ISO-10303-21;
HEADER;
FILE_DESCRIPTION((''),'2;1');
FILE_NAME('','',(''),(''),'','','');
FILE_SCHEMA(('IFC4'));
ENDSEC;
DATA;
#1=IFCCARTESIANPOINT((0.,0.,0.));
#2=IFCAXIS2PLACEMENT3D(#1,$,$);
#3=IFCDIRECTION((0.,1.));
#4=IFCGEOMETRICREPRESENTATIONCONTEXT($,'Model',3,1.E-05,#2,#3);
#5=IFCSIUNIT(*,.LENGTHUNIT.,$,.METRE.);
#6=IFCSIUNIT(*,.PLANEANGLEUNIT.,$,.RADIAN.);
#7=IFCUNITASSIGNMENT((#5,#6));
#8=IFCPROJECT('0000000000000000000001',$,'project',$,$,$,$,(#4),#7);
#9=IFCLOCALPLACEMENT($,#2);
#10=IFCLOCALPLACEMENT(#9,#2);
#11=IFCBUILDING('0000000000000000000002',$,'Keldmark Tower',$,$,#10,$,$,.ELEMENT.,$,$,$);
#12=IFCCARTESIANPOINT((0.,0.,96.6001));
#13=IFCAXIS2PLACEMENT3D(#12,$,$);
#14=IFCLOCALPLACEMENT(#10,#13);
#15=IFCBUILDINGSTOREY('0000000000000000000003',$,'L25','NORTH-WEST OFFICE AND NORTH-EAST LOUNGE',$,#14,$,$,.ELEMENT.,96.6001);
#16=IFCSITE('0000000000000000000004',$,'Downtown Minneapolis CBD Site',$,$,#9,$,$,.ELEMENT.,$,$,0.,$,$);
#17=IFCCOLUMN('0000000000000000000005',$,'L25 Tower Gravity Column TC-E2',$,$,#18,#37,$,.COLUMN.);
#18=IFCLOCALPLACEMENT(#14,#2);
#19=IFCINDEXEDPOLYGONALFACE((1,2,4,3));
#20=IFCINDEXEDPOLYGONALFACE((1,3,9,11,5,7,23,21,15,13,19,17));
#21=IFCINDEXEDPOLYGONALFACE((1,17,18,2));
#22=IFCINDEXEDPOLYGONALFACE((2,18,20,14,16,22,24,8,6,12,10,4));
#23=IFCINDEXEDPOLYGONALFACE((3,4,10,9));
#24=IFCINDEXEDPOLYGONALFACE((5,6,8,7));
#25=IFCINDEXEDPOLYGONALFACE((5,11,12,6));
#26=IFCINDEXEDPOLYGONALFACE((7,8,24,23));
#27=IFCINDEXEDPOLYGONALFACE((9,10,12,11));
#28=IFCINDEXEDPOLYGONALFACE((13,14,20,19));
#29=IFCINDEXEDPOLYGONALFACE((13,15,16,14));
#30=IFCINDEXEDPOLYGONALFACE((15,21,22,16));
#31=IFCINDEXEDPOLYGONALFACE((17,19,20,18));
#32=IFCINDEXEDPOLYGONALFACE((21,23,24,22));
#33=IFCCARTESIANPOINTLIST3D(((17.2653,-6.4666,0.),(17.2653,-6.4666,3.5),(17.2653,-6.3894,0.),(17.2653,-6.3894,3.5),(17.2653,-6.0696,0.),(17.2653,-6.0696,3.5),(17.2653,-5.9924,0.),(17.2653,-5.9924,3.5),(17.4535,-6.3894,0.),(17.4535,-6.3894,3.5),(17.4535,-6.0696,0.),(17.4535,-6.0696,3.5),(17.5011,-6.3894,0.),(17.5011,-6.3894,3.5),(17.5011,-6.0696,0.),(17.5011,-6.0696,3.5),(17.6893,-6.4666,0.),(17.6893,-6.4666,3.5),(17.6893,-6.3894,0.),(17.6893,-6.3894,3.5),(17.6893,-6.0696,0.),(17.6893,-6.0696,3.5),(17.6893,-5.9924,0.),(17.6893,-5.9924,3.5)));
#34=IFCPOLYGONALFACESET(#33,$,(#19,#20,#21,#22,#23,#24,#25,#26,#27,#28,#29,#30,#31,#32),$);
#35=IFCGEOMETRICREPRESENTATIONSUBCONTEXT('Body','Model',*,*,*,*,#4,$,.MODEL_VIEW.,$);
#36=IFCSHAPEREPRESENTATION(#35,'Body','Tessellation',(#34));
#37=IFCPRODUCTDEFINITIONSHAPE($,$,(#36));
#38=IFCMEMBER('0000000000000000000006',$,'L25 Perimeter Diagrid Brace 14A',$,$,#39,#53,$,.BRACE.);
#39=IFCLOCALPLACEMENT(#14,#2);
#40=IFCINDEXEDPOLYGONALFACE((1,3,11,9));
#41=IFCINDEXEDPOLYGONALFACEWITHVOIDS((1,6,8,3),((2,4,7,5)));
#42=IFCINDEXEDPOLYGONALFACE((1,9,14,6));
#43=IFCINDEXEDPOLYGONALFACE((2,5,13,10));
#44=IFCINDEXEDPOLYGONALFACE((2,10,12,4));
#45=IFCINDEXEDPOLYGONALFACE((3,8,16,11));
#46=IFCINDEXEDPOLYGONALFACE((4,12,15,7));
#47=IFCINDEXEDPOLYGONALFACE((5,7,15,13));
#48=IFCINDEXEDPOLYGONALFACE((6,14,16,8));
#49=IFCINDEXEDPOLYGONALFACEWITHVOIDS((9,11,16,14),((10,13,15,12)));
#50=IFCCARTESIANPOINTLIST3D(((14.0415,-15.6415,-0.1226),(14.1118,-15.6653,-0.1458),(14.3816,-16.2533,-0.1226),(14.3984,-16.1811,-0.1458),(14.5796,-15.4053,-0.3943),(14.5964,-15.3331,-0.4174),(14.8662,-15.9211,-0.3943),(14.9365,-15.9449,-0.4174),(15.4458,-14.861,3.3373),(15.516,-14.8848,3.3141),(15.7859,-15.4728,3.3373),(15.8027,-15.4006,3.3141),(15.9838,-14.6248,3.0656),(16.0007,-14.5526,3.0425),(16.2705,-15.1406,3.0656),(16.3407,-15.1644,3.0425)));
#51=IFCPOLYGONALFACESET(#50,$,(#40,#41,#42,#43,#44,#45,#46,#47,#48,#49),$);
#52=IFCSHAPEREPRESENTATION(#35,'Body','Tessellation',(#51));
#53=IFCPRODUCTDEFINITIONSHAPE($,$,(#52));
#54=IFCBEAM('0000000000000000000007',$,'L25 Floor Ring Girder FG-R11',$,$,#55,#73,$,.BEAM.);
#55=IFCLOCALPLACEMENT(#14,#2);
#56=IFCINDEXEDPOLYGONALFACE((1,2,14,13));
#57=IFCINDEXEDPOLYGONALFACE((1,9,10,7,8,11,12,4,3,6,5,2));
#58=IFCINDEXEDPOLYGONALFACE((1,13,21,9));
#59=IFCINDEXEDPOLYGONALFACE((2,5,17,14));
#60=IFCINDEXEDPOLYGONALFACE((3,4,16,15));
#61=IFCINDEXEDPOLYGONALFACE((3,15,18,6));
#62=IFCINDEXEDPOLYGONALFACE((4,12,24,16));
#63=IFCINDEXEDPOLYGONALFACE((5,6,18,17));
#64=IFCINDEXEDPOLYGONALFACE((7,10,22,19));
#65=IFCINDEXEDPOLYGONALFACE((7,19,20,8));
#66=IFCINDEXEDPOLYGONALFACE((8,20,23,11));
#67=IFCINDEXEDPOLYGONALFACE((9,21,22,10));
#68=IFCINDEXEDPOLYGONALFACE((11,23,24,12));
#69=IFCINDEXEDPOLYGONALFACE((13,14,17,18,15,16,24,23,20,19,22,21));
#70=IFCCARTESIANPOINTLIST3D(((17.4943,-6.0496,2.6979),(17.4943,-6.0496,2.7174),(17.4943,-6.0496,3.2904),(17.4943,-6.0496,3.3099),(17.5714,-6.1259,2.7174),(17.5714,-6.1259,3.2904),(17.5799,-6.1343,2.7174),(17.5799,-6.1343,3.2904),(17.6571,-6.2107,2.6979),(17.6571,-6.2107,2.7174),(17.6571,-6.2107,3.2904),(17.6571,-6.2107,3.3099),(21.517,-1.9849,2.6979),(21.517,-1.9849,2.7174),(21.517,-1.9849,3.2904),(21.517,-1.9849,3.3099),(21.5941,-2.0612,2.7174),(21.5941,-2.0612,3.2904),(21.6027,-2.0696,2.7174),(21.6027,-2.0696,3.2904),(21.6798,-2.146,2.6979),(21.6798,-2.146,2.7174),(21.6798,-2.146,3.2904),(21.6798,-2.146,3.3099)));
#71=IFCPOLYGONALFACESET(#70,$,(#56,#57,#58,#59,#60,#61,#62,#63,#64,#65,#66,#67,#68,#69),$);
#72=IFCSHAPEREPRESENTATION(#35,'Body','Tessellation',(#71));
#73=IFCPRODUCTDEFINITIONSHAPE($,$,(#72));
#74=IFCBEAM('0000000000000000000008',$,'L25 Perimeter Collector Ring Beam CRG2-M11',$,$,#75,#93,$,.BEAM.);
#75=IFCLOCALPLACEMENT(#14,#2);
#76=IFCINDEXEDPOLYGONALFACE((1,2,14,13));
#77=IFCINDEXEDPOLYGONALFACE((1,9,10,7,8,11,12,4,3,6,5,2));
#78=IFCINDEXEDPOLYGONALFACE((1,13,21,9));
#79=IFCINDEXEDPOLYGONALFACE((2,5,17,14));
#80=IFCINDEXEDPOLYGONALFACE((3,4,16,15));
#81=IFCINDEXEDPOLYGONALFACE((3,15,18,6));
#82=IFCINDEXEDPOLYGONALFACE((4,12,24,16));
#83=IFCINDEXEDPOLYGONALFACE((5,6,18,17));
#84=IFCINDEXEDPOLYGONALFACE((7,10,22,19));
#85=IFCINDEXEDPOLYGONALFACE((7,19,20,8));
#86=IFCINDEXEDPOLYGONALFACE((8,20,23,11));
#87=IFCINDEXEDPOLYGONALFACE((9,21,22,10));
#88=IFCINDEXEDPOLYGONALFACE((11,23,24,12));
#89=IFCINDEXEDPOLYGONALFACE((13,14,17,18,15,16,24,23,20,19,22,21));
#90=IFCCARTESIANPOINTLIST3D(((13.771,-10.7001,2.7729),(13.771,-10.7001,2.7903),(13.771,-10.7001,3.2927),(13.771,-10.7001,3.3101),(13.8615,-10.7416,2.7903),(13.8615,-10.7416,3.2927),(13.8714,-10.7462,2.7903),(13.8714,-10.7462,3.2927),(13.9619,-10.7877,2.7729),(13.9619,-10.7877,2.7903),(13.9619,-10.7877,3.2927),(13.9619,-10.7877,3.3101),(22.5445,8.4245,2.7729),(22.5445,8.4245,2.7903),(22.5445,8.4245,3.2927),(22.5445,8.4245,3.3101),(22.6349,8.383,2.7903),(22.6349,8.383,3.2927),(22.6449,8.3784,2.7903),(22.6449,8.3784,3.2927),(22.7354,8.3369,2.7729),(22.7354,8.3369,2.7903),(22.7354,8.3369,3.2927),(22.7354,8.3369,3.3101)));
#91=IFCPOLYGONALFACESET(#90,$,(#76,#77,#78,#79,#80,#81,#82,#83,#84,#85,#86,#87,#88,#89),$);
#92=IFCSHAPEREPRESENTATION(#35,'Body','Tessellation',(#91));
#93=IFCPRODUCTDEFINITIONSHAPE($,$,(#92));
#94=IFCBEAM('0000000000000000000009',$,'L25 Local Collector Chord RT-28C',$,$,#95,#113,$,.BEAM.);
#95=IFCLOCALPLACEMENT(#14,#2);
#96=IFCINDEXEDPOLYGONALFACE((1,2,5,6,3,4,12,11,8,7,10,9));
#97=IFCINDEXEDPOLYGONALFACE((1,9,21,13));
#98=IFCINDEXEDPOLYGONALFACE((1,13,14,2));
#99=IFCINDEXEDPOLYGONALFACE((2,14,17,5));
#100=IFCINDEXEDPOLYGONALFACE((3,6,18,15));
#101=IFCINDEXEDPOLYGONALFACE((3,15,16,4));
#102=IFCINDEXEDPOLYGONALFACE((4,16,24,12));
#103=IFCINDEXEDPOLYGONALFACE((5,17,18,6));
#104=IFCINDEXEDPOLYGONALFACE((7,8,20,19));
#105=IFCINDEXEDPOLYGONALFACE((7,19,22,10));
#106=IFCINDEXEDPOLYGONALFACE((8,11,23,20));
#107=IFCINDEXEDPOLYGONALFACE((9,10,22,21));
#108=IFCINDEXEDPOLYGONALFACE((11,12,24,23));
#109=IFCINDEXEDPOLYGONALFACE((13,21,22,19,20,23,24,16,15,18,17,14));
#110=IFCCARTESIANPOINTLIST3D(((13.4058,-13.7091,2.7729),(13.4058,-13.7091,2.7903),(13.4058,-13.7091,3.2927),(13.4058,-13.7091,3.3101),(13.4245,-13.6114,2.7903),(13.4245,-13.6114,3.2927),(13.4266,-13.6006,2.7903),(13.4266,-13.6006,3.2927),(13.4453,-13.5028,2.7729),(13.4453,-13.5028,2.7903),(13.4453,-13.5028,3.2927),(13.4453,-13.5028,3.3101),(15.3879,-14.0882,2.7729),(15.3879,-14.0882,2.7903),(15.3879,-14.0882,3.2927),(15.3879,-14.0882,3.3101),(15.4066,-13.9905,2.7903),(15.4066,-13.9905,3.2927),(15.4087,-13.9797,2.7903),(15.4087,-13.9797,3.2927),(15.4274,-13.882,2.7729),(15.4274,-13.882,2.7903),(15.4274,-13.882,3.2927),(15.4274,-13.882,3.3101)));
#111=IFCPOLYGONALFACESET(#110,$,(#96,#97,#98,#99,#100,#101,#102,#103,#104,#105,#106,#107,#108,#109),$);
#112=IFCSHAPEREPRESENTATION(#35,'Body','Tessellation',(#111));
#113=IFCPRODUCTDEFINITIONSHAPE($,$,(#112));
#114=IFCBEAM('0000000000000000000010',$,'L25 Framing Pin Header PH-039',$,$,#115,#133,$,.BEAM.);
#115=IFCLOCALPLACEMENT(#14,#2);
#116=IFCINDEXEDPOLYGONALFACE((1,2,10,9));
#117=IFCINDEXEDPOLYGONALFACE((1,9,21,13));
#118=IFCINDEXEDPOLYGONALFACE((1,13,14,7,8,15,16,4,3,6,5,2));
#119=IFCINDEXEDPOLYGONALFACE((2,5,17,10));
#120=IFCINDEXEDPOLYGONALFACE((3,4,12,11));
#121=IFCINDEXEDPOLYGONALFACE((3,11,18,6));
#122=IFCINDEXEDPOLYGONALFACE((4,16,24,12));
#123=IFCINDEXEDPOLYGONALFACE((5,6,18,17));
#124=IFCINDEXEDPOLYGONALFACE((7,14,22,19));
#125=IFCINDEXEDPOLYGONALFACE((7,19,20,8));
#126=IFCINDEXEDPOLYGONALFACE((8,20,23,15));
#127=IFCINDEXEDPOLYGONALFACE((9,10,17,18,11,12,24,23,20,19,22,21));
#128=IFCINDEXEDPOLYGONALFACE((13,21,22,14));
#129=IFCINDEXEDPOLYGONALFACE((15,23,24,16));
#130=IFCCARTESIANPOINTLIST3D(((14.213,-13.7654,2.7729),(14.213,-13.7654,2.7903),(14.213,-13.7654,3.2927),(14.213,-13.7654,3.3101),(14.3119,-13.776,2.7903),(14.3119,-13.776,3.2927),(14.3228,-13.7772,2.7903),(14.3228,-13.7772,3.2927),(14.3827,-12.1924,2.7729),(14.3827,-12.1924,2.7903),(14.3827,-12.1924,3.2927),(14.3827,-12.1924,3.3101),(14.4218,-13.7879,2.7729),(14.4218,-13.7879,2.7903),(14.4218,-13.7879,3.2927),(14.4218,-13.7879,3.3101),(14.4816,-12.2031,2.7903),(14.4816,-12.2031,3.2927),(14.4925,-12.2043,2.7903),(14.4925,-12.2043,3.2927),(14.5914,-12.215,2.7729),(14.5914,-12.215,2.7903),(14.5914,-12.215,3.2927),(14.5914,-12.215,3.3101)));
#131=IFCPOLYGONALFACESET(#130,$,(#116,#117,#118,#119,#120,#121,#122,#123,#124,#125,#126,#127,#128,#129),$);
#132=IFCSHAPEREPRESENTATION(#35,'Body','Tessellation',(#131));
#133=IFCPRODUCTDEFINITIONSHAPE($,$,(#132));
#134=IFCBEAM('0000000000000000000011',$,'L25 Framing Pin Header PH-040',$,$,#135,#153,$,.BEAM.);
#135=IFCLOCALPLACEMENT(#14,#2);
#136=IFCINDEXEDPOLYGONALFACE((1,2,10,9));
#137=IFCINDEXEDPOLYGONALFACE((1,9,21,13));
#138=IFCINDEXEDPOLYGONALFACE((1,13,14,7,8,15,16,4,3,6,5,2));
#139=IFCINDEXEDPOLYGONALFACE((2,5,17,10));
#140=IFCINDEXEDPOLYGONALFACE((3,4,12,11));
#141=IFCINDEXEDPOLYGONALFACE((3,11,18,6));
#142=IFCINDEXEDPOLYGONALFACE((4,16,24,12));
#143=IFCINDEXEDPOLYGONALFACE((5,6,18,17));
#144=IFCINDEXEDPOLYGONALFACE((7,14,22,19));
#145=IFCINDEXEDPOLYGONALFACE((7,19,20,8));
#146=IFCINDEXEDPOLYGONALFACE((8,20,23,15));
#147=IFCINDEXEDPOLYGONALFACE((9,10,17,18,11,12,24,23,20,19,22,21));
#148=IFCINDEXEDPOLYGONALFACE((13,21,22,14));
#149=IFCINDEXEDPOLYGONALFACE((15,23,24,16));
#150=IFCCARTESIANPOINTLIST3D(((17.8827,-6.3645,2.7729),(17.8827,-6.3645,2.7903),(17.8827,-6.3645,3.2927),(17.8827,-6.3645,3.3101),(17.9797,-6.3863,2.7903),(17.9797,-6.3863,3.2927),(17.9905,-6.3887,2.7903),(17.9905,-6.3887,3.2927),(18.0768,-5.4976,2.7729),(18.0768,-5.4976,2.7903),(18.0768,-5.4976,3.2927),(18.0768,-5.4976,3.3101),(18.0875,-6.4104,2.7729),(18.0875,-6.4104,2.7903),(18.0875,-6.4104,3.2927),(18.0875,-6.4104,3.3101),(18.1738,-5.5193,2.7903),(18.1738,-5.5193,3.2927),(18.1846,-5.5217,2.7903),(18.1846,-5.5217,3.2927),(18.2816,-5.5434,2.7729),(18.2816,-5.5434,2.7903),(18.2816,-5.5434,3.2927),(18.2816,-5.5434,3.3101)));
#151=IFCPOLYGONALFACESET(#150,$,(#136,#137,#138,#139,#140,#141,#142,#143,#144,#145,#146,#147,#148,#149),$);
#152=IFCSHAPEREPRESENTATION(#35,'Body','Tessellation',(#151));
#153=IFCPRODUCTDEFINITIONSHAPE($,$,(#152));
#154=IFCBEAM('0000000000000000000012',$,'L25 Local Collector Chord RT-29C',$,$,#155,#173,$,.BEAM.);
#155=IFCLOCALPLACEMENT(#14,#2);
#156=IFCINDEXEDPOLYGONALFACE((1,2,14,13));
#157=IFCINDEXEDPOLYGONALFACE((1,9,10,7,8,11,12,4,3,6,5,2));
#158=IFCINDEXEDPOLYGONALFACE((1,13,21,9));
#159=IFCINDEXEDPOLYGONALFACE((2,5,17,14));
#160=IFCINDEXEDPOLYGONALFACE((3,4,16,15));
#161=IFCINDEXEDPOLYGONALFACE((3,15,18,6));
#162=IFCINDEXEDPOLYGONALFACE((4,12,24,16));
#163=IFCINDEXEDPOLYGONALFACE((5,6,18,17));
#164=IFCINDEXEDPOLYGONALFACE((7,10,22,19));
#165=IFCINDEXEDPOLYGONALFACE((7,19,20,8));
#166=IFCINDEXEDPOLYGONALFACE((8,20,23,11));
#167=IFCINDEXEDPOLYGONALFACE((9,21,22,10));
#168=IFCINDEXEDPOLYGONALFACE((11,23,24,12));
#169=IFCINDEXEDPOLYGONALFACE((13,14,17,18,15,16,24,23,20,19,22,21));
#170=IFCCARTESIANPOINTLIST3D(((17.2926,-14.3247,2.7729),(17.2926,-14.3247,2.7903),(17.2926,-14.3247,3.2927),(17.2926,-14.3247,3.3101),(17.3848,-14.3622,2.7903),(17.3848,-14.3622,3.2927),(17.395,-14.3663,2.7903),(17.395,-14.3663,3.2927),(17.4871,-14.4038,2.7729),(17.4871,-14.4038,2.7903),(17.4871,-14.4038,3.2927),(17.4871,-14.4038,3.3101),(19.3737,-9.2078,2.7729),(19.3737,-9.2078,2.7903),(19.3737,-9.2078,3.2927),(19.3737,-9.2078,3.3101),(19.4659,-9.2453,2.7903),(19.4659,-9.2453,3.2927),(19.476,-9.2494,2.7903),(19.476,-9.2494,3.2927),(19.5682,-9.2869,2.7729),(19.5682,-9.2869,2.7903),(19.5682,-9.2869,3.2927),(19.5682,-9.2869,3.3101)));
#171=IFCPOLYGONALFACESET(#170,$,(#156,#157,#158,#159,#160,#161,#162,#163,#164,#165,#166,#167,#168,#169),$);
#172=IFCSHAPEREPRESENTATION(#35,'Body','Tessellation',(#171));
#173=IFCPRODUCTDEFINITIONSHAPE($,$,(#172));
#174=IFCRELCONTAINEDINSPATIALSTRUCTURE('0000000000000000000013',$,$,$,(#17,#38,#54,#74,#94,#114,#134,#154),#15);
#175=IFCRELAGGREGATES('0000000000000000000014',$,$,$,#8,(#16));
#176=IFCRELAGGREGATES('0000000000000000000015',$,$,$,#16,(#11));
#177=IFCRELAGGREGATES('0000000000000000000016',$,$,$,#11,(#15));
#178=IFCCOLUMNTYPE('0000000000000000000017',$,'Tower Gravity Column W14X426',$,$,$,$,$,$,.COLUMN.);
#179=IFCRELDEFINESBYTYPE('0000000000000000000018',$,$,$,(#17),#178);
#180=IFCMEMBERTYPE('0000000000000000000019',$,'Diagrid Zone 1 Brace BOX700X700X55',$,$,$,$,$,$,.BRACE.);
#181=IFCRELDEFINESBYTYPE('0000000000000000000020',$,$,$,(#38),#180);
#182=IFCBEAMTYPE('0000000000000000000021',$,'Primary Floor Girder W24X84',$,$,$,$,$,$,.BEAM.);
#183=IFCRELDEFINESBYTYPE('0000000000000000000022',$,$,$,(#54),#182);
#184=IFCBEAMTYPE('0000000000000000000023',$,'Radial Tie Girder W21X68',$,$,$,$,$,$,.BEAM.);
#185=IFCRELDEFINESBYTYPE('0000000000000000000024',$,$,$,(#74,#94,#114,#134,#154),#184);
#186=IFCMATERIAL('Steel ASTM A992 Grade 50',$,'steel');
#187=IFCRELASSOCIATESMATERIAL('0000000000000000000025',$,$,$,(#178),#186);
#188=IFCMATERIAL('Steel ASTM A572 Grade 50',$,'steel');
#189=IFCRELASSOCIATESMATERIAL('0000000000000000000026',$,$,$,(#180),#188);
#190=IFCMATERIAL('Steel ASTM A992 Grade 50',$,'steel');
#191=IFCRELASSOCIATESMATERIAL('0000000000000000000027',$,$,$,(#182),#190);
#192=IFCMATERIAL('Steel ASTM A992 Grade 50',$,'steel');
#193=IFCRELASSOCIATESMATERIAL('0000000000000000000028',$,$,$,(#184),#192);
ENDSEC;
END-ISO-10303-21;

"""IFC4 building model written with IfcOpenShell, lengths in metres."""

from ifc_helpers import new_model, si_unit, direction, frame, origin, origin_2d, place, context, subcontext, project, spatial, hollow_rectangle, i_section, extrude, material, material_profile, profile_set, type_object, element, save


model = new_model("IFC4")

# Units and contexts
model_context = context("Model", 3, precision=1e-05, world=origin(), true_north=direction((0.0, 1.0)))
body_context = subcontext(model_context, "Body", "Model", "MODEL_VIEW")
ifc_project = project(units=[si_unit("LENGTHUNIT", "METRE"), si_unit("PLANEANGLEUNIT", "RADIAN")], contexts=[model_context])

# Site, building, storey
site_placement = place(None, origin())
site = spatial("IfcSite", under=ifc_project, at=site_placement, Name="Downtown Minneapolis CBD Site", CompositionType="ELEMENT", RefElevation=0.0)
building_placement = place(site_placement, origin())
building = spatial("IfcBuilding", under=site, at=building_placement, Name="Keldmark Tower", CompositionType="ELEMENT")
storey_placement = place(building_placement, frame((0.0, 0.0, 96.6001)))
storey = spatial("IfcBuildingStorey", under=building, at=storey_placement, Name="L25", Description="NORTH-WEST OFFICE AND NORTH-EAST LOUNGE", CompositionType="ELEMENT", Elevation=96.6001)

# Column
ifc_material_1 = material(Name="Steel ASTM A992 Grade 50", Category="steel")
ifc_material_profile_1 = material_profile(ifc_material_1, i_section(OverallWidth=0.4241, OverallDepth=0.4741, WebThickness=0.0476, FlangeThickness=0.0771, at=origin_2d()), Name="W14X426")
ifc_profile_set_1 = profile_set([ifc_material_profile_1], Name="Steel ASTM A992 Grade 50")
column_type = type_object("IfcColumnType", Name="Tower Gravity Column W14X426", PredefinedType="COLUMN", material=ifc_profile_set_1)
column_placement = place(storey_placement, frame((17.4773, -6.2295, 0.0), z_axis=(0.0, 0.0, 1.0), x_axis=(1.0, 0.0, 0.0)))
element("IfcColumn", 1, at=column_placement, inside=storey, type_object=column_type, Name="L25 Tower Gravity Column TC-E2", PredefinedType="COLUMN", context=body_context, shape_type="SweptSolid", body=[
    extrude(i_section(OverallWidth=0.4241, OverallDepth=0.4741, WebThickness=0.0476, FlangeThickness=0.0771, at=origin_2d()), origin(), (0.0, 0.0, 1.0), 3.5),
])

# Member
ifc_material_2 = material(Name="Steel ASTM A572 Grade 50", Category="steel")
ifc_material_profile_2 = material_profile(ifc_material_2, hollow_rectangle(XDim=0.7, YDim=0.7, WallThickness=0.0549, at=origin_2d()), Name="BOX700X700X55")
ifc_profile_set_2 = profile_set([ifc_material_profile_2], Name="Steel ASTM A572 Grade 50")
member_type = type_object("IfcMemberType", Name="Diagrid Zone 1 Brace BOX700X700X55", PredefinedType="BRACE", material=ifc_profile_set_2)
member_placement = place(storey_placement, frame((14.489, -15.7932, -0.27), z_axis=(0.36812, 0.204603, 0.906987), x_axis=(-0.485811, 0.874064, 0.0)))
element("IfcMember", 2, at=member_placement, inside=storey, type_object=member_type, Name="L25 Perimeter Diagrid Brace 14A", PredefinedType="BRACE", context=body_context, shape_type="SweptSolid", body=[
    extrude(hollow_rectangle(XDim=0.7, YDim=0.7, WallThickness=0.0549, at=origin_2d()), origin(), (0.0, 0.0, 1.0), 3.8147),
])

# Beams
ifc_material_3 = material(Name="Steel ASTM A992 Grade 50", Category="steel")
ifc_material_profile_3 = material_profile(ifc_material_3, i_section(OverallWidth=0.229, OverallDepth=0.6121, WebThickness=0.012, FlangeThickness=0.0195, at=origin_2d()), Name="W24X84")
ifc_profile_set_3 = profile_set([ifc_material_profile_3], Name="Steel ASTM A992 Grade 50")
beam_type_1 = type_object("IfcBeamType", Name="Primary Floor Girder W24X84", PredefinedType="BEAM", material=ifc_profile_set_3)
beam_1_placement = place(storey_placement, frame((17.5757, -6.1301, 3.0039), z_axis=(0.703426, 0.710769, 0.0), x_axis=(-0.710769, 0.703426, 0.0)))
element("IfcBeam", 3, at=beam_1_placement, inside=storey, type_object=beam_type_1, Name="L25 Floor Ring Girder FG-R11", PredefinedType="BEAM", context=body_context, shape_type="SweptSolid", body=[
    extrude(i_section(OverallWidth=0.229, OverallDepth=0.6121, WebThickness=0.012, FlangeThickness=0.0195, at=origin_2d()), origin(), (0.0, 0.0, 1.0), 5.7188),
])
ifc_material_4 = material(Name="Steel ASTM A992 Grade 50", Category="steel")
ifc_material_profile_4 = material_profile(ifc_material_4, i_section(OverallWidth=0.21, OverallDepth=0.5371, WebThickness=0.011, FlangeThickness=0.0173, at=origin_2d()), Name="W21X68")
ifc_profile_set_4 = profile_set([ifc_material_profile_4], Name="Steel ASTM A992 Grade 50")
beam_type_2 = type_object("IfcBeamType", Name="Radial Tie Girder W21X68", PredefinedType="BEAM", material=ifc_profile_set_4)
beam_2_placement = place(storey_placement, frame((13.8665, -10.7439, 3.0415), z_axis=(0.41697, 0.90892, 0.0), x_axis=(-0.90892, 0.41697, 0.0)))
element("IfcBeam", 4, at=beam_2_placement, inside=storey, type_object=beam_type_2, Name="L25 Perimeter Collector Ring Beam CRG2-M11", PredefinedType="BEAM", context=body_context, shape_type="SweptSolid", body=[
    extrude(i_section(OverallWidth=0.21, OverallDepth=0.5371, WebThickness=0.011, FlangeThickness=0.0173, at=origin_2d()), origin(), (0.0, 0.0, 1.0), 21.041),
])
beam_3_placement = place(storey_placement, frame((13.4255, -13.606, 3.0415), z_axis=(0.982193, -0.187874, 0.0), x_axis=(0.187874, 0.982193, 0.0)))
element("IfcBeam", 5, at=beam_3_placement, inside=storey, type_object=beam_type_2, Name="L25 Local Collector Chord RT-28C", PredefinedType="BEAM", context=body_context, shape_type="SweptSolid", body=[
    extrude(i_section(OverallWidth=0.21, OverallDepth=0.5371, WebThickness=0.011, FlangeThickness=0.0173, at=origin_2d()), origin(), (0.0, 0.0, 1.0), 2.0181),
])
beam_4_placement = place(storey_placement, frame((14.3174, -13.7766, 3.0415), z_axis=(0.107247, 0.994232, 0.0), x_axis=(-0.994232, 0.107247, 0.0)))
element("IfcBeam", 6, at=beam_4_placement, inside=storey, type_object=beam_type_2, Name="L25 Framing Pin Header PH-039", PredefinedType="BEAM", context=body_context, shape_type="SweptSolid", body=[
    extrude(i_section(OverallWidth=0.21, OverallDepth=0.5371, WebThickness=0.011, FlangeThickness=0.0173, at=origin_2d()), origin(), (0.0, 0.0, 1.0), 1.582),
])
beam_5_placement = place(storey_placement, frame((18.1792, -5.5205, 3.0415), z_axis=(-0.218472, -0.975843, 0.0), x_axis=(0.975843, -0.218472, 0.0)))
element("IfcBeam", 7, at=beam_5_placement, inside=storey, type_object=beam_type_2, Name="L25 Framing Pin Header PH-040", PredefinedType="BEAM", context=body_context, shape_type="SweptSolid", body=[
    extrude(i_section(OverallWidth=0.21, OverallDepth=0.5371, WebThickness=0.011, FlangeThickness=0.0173, at=origin_2d()), origin(), (0.0, 0.0, 1.0), 0.8884),
])
beam_6_placement = place(storey_placement, frame((17.3899, -14.3643, 3.0415), z_axis=(0.376734, 0.926322, 0.0), x_axis=(-0.926322, 0.376734, 0.0)))
element("IfcBeam", 8, at=beam_6_placement, inside=storey, type_object=beam_type_2, Name="L25 Local Collector Chord RT-29C", PredefinedType="BEAM", context=body_context, shape_type="SweptSolid", body=[
    extrude(i_section(OverallWidth=0.21, OverallDepth=0.5371, WebThickness=0.011, FlangeThickness=0.0173, at=origin_2d()), origin(), (0.0, 0.0, 1.0), 5.5239),
])

save(model, "model.ifc")
